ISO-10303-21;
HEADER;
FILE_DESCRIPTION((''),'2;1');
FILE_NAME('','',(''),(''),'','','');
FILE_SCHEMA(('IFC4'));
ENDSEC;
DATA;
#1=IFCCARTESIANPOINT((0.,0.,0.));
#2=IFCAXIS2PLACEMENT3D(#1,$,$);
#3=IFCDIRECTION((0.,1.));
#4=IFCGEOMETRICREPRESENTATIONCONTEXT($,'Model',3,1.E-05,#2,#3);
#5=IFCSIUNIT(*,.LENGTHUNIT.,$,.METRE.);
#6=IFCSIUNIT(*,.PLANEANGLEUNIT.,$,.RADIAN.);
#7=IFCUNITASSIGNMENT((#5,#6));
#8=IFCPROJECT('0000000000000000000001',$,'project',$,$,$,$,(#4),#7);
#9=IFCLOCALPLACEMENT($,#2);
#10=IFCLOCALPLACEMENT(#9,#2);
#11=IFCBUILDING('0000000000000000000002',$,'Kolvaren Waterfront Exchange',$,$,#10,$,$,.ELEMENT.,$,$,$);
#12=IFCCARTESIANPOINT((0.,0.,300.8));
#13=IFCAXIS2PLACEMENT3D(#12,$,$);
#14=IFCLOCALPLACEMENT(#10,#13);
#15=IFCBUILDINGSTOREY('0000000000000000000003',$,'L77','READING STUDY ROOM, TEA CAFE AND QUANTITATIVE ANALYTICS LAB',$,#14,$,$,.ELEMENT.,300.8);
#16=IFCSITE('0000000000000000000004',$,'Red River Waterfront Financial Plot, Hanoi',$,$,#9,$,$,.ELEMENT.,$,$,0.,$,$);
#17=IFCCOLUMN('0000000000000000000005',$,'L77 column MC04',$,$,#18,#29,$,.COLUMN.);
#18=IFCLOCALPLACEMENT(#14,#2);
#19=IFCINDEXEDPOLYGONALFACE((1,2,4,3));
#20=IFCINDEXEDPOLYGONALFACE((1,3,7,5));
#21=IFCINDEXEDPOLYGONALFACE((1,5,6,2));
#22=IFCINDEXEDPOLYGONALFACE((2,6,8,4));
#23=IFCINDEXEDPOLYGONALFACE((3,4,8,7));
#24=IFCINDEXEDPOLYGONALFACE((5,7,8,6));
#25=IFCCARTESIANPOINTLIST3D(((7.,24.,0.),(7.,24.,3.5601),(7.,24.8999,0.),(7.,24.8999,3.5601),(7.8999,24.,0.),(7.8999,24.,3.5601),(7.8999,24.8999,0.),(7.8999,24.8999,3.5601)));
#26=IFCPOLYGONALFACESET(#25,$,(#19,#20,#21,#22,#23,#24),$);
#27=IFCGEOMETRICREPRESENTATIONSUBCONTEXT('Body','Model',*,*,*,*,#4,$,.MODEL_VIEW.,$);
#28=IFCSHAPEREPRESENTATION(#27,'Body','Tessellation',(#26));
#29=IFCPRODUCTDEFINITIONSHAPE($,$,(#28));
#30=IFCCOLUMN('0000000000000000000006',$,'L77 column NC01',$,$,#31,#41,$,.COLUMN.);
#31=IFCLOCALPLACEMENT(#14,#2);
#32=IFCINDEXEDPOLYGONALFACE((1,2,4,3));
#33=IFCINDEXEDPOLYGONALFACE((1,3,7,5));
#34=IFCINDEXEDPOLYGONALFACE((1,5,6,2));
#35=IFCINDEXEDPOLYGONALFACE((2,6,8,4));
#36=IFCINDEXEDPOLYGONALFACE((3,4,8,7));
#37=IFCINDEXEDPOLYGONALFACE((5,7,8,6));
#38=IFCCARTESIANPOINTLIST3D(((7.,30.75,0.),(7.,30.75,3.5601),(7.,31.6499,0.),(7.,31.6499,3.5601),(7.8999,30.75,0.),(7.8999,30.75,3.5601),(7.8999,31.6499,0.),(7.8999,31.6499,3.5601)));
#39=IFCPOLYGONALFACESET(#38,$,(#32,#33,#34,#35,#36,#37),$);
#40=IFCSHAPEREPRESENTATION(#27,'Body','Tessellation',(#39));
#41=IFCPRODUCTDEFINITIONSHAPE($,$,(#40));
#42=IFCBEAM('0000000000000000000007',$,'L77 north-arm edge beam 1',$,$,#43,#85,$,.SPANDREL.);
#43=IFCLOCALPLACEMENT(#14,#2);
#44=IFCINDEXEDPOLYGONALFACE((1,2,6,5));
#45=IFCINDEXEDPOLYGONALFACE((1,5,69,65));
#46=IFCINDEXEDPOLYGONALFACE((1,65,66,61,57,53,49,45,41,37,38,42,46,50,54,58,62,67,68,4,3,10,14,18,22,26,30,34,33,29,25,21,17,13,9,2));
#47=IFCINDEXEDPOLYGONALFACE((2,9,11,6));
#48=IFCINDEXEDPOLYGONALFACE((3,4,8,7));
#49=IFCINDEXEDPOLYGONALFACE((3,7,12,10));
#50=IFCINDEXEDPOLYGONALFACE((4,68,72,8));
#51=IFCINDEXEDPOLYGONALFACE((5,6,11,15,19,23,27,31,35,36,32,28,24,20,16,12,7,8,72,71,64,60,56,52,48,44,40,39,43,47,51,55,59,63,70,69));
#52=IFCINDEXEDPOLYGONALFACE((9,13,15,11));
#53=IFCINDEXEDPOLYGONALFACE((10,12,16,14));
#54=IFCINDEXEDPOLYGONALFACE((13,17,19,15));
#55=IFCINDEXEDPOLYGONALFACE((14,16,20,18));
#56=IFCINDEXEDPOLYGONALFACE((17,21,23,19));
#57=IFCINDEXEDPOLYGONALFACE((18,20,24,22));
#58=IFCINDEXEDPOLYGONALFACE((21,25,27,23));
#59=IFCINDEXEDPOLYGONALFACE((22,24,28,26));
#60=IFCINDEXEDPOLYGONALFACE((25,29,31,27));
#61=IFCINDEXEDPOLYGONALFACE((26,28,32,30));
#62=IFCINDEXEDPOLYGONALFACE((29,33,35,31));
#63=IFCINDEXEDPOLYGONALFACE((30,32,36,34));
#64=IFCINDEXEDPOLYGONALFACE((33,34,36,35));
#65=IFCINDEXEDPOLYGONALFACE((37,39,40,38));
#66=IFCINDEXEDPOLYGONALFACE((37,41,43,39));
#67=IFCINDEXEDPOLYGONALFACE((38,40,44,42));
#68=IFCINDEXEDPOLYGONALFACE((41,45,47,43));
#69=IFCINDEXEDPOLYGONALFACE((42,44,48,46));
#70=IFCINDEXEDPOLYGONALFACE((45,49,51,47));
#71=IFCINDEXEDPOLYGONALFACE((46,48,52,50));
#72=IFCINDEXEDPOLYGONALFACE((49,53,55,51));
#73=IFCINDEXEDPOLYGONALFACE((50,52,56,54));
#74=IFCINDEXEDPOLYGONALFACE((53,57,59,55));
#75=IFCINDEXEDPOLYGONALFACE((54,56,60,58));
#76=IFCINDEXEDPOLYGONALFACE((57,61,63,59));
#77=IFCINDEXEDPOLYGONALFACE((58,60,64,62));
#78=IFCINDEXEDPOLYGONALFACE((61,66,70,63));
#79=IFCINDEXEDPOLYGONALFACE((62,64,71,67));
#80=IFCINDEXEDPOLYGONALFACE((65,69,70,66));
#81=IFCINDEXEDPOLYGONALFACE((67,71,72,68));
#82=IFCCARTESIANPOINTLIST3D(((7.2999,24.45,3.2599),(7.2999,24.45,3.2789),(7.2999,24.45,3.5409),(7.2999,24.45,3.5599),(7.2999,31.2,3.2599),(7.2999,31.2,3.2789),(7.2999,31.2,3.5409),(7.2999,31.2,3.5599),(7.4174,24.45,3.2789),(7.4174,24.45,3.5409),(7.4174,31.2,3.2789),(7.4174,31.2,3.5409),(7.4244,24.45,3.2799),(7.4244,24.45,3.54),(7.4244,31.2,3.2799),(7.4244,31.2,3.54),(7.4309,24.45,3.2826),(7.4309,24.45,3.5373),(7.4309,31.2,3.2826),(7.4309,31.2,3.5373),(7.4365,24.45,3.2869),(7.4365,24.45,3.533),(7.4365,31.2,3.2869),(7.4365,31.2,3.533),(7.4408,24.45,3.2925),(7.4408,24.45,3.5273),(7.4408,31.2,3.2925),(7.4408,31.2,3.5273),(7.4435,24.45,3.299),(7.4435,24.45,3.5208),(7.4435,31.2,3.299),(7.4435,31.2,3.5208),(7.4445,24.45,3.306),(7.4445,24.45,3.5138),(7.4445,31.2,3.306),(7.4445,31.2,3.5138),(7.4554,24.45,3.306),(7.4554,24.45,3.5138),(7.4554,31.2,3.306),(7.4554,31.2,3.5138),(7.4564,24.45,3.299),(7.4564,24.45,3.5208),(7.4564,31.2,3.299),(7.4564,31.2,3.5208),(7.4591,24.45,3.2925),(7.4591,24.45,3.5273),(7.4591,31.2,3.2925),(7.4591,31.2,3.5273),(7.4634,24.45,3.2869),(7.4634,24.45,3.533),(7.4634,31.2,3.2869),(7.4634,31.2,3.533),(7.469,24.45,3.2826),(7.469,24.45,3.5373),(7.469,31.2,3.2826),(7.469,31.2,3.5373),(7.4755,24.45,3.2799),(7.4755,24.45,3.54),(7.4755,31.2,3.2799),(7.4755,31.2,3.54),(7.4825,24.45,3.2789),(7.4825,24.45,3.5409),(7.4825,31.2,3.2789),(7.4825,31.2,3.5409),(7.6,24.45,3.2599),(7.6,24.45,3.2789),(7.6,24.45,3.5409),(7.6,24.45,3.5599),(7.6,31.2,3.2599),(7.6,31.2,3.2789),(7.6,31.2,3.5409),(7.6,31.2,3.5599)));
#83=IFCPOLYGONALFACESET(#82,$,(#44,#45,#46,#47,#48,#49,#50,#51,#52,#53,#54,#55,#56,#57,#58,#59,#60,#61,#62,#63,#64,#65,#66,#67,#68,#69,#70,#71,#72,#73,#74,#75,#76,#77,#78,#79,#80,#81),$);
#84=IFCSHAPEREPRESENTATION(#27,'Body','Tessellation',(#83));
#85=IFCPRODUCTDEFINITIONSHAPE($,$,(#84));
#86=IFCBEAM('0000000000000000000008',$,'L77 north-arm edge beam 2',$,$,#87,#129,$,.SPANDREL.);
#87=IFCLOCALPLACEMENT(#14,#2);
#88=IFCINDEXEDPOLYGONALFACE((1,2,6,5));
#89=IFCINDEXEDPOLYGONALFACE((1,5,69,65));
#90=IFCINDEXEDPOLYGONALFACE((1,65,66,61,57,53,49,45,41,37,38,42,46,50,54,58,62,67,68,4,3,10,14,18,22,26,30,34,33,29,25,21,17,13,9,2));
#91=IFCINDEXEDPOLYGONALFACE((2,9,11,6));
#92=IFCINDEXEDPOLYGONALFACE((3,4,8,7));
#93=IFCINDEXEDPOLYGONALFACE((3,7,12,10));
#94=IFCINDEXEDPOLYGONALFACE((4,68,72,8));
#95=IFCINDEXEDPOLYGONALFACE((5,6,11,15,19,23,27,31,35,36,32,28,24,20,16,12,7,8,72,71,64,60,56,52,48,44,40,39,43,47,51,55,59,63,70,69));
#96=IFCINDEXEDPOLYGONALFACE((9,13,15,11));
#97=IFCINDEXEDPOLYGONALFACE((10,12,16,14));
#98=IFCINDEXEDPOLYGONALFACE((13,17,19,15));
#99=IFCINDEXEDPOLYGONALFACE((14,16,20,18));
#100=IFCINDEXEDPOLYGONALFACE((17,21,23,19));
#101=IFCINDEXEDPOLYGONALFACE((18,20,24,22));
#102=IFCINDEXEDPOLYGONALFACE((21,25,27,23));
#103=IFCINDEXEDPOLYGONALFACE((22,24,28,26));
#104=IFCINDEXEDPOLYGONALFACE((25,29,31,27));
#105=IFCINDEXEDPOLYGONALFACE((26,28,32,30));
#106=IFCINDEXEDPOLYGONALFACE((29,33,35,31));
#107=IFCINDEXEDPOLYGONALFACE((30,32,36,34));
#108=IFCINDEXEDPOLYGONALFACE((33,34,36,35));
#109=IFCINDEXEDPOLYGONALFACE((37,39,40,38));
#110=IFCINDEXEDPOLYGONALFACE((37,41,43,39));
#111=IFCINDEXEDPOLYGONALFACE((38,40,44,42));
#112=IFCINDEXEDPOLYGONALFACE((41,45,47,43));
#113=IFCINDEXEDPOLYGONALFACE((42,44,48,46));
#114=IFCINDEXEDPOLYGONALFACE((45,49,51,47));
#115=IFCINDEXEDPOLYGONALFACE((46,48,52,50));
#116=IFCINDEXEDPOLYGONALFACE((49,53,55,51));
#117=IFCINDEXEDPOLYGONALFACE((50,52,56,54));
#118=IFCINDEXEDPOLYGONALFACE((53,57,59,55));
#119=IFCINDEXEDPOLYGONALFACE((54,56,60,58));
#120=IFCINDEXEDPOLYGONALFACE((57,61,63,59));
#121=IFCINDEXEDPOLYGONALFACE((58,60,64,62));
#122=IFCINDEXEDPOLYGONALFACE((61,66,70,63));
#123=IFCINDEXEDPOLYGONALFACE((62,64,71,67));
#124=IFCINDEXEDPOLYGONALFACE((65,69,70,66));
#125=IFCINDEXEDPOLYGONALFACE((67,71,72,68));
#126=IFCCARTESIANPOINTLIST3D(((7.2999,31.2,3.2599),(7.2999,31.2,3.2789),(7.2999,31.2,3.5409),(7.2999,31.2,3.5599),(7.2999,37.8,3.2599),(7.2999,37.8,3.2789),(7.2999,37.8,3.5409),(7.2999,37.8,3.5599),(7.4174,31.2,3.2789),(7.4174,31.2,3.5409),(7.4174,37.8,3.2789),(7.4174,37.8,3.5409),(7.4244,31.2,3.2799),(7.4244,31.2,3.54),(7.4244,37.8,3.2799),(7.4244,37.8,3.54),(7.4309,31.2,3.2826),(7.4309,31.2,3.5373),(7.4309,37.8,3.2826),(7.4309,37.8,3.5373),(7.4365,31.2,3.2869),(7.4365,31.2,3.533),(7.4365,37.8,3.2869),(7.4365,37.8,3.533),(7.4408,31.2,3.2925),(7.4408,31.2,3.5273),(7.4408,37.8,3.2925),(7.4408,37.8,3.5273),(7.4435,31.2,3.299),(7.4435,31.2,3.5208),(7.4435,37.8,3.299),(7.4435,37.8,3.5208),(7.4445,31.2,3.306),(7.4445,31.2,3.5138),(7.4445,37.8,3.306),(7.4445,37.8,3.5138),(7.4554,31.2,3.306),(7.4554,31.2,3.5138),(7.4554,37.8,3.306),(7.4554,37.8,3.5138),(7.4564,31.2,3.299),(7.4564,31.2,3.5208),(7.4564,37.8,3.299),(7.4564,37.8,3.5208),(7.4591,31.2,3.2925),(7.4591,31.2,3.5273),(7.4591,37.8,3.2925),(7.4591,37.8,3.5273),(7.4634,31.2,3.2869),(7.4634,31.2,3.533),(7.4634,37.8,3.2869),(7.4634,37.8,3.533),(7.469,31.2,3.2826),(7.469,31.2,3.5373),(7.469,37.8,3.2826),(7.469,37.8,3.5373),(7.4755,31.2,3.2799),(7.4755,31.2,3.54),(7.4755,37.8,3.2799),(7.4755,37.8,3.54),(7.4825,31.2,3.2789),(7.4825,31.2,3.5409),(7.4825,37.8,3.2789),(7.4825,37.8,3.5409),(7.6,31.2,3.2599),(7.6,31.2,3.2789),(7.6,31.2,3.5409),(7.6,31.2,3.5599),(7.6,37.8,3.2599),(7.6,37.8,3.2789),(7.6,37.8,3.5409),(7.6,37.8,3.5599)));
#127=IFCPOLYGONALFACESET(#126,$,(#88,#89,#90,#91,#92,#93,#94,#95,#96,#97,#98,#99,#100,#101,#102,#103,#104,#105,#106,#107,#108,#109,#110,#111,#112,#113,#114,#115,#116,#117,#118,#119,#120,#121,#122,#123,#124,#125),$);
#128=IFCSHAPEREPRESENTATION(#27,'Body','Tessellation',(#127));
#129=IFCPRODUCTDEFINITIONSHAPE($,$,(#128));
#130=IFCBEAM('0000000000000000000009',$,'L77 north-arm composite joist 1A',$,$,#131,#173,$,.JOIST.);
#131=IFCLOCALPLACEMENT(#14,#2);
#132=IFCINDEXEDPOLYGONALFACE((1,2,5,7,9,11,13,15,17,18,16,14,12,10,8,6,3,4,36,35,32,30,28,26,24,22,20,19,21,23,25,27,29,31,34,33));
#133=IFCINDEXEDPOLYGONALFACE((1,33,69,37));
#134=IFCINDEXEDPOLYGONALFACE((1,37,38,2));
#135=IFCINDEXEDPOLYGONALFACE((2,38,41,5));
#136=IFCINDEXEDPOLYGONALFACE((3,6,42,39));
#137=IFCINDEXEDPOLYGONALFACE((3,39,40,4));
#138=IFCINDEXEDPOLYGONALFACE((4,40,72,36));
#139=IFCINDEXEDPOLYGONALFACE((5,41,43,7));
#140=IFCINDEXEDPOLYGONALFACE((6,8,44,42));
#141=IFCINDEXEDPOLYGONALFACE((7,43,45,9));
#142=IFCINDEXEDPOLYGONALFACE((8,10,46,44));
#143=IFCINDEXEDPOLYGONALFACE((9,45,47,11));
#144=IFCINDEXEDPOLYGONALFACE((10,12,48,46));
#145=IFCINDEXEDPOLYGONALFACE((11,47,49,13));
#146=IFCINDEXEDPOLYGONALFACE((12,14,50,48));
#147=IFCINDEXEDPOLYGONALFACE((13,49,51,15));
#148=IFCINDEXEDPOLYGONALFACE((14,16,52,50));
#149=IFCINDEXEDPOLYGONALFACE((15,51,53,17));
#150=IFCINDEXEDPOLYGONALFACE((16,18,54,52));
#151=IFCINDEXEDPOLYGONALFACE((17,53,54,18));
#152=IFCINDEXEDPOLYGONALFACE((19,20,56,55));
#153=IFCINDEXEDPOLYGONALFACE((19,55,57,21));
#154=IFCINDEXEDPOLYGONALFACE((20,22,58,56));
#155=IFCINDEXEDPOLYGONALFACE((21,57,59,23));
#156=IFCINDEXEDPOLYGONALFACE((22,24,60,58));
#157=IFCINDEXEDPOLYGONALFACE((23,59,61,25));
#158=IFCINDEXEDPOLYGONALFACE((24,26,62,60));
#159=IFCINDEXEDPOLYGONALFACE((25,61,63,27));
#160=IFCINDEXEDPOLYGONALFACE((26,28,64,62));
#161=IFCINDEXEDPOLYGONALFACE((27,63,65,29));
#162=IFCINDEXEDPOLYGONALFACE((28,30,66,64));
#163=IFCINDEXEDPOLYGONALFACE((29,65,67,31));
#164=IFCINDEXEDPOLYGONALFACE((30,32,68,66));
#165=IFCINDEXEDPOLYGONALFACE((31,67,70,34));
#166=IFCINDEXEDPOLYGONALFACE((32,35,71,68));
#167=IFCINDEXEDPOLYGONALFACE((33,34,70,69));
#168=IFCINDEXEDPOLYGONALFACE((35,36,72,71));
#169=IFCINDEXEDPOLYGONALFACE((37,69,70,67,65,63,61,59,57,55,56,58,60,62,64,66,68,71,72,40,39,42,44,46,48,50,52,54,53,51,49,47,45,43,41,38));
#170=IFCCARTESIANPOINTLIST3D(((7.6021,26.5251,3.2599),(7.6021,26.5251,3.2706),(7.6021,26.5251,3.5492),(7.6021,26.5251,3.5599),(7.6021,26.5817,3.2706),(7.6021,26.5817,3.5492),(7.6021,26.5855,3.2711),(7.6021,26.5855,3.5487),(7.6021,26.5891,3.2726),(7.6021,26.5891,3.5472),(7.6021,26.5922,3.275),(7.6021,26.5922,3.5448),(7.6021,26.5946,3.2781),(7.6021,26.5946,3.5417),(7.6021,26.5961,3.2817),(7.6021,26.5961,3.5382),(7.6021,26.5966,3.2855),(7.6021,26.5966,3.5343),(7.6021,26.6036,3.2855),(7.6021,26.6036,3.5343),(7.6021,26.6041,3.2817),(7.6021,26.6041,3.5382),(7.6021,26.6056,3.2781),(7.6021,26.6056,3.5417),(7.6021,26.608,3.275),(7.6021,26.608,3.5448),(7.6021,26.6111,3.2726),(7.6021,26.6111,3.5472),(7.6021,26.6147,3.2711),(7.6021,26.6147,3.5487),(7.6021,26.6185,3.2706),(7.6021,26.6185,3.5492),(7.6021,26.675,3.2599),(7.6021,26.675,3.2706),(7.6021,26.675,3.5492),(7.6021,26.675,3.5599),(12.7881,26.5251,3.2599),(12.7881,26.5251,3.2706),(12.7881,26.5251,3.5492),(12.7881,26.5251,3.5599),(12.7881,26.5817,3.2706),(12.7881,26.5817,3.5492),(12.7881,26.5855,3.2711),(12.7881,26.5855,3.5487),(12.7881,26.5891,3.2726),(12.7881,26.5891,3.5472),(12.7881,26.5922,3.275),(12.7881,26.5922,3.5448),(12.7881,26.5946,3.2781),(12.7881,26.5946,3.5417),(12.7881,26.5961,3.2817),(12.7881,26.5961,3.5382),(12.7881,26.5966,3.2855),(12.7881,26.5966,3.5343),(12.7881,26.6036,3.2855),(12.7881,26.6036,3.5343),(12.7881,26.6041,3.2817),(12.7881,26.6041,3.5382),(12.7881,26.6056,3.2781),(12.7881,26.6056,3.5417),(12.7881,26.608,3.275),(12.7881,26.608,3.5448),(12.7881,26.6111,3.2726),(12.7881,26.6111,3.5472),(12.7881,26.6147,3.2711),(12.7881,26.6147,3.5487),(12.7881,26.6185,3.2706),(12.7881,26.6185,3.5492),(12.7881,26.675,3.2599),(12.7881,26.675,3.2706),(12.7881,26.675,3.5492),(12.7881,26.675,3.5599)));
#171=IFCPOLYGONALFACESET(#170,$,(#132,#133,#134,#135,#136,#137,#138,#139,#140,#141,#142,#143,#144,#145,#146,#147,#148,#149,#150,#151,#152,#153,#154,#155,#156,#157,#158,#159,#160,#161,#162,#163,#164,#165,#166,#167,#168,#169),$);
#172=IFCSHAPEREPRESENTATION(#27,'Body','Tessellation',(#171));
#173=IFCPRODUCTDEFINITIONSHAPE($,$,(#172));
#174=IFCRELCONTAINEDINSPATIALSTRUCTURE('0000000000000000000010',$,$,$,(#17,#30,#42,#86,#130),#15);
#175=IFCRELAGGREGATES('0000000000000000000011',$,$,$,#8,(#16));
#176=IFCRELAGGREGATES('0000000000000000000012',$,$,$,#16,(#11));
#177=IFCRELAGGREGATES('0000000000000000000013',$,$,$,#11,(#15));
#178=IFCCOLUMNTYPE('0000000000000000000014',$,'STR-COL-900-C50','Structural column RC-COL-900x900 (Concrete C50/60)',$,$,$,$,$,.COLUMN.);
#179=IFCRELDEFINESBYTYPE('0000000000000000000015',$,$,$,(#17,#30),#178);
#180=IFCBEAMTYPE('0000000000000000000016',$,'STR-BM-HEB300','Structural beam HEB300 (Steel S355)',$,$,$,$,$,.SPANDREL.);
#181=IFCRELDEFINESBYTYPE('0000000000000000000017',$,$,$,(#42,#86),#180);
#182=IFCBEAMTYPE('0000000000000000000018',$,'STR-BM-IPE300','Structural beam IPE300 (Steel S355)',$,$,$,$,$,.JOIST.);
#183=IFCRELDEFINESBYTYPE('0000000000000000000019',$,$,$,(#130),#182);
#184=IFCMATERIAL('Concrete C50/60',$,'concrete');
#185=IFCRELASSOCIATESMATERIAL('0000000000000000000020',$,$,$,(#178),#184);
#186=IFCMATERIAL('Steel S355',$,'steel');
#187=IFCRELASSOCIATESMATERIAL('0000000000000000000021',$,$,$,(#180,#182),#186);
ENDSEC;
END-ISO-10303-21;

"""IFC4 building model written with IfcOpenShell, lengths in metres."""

from ifc_helpers import new_model, si_unit, direction, frame, origin, origin_2d, place, context, subcontext, project, spatial, rectangle, i_section, extrude, material, material_profile, profile_set, type_object, element, save


model = new_model("IFC4")

# Units and contexts
model_context = context("Model", 3, precision=1e-05, world=origin(), true_north=direction((0.0, 1.0)))
body_context = subcontext(model_context, "Body", "Model", "MODEL_VIEW")
ifc_project = project(units=[si_unit("LENGTHUNIT", "METRE"), si_unit("PLANEANGLEUNIT", "RADIAN")], contexts=[model_context])

# Site, building, storey
site_placement = place(None, origin())
site = spatial("IfcSite", under=ifc_project, at=site_placement, Name="Red River Waterfront Financial Plot, Hanoi", CompositionType="ELEMENT", RefElevation=0.0)
building_placement = place(site_placement, origin())
building = spatial("IfcBuilding", under=site, at=building_placement, Name="Kolvaren Waterfront Exchange", CompositionType="ELEMENT")
storey_placement = place(building_placement, frame((0.0, 0.0, 300.8)))
storey = spatial("IfcBuildingStorey", under=building, at=storey_placement, Name="L77", Description="READING STUDY ROOM, TEA CAFE AND QUANTITATIVE ANALYTICS LAB", CompositionType="ELEMENT", Elevation=300.8)

# Columns
ifc_material_1 = material(Name="Concrete C50/60", Category="concrete")
ifc_material_profile_1 = material_profile(ifc_material_1, rectangle(XDim=0.8999, YDim=0.8999, at=origin_2d()), Name="RC-COL-900x900")
ifc_profile_set_1 = profile_set([ifc_material_profile_1], Name="Concrete C50/60")
column_type = type_object("IfcColumnType", Name="STR-COL-900-C50", Description="Structural column RC-COL-900x900 (Concrete C50/60)", PredefinedType="COLUMN", material=ifc_profile_set_1)
for number, where, z_axis, x_axis, name in (
    (1, (7.45, 24.45, 0.0), (0.0, 0.0, 1.0), (1.0, 0.0, 0.0), "L77 column MC04"),
    (2, (7.45, 31.2, 0.0), (0.0, 0.0, 1.0), (1.0, 0.0, 0.0), "L77 column NC01"),
):
    element("IfcColumn", number, at=place(storey_placement, frame(where, z_axis=z_axis, x_axis=x_axis)), inside=storey, type_object=column_type, Name=name, PredefinedType="COLUMN", context=body_context, shape_type="SweptSolid", body=[
        extrude(rectangle(XDim=0.8999, YDim=0.8999, at=origin_2d()), origin(), (0.0, 0.0, 1.0), 3.5601),
    ])

# Beams
ifc_material_2 = material(Name="Steel S355", Category="steel")
ifc_material_profile_2 = material_profile(ifc_material_2, i_section(OverallWidth=0.3, OverallDepth=0.3, WebThickness=0.011, FlangeThickness=0.019, FilletRadius=0.0271, at=origin_2d()), Name="HEB300")
ifc_profile_set_2 = profile_set([ifc_material_profile_2], Name="Steel S355")
beam_type_1 = type_object("IfcBeamType", Name="STR-BM-HEB300", Description="Structural beam HEB300 (Steel S355)", PredefinedType="SPANDREL", material=ifc_profile_set_2)
beam_1_placement = place(storey_placement, frame((7.45, 24.45, 3.4099), z_axis=(0.0, 1.0, 0.0), x_axis=(-1.0, 0.0, 0.0)))
element("IfcBeam", 3, at=beam_1_placement, inside=storey, type_object=beam_type_1, Name="L77 north-arm edge beam 1", PredefinedType="SPANDREL", context=body_context, shape_type="SweptSolid", body=[
    extrude(i_section(OverallWidth=0.3, OverallDepth=0.3, WebThickness=0.011, FlangeThickness=0.019, FilletRadius=0.0271, at=origin_2d()), origin(), (0.0, 0.0, 1.0), 6.75),
])
beam_2_placement = place(storey_placement, frame((7.45, 31.2, 3.4099), z_axis=(0.0, 1.0, 0.0), x_axis=(-1.0, 0.0, 0.0)))
element("IfcBeam", 4, at=beam_2_placement, inside=storey, type_object=beam_type_1, Name="L77 north-arm edge beam 2", PredefinedType="SPANDREL", context=body_context, shape_type="SweptSolid", body=[
    extrude(i_section(OverallWidth=0.3, OverallDepth=0.3, WebThickness=0.011, FlangeThickness=0.019, FilletRadius=0.0271, at=origin_2d()), origin(), (0.0, 0.0, 1.0), 6.6001),
])
ifc_material_profile_3 = material_profile(ifc_material_2, i_section(OverallWidth=0.1499, OverallDepth=0.3, WebThickness=0.0071, FlangeThickness=0.0107, FilletRadius=0.0149, at=origin_2d()), Name="IPE300")
ifc_profile_set_3 = profile_set([ifc_material_profile_3], Name="Steel S355")
beam_type_2 = type_object("IfcBeamType", Name="STR-BM-IPE300", Description="Structural beam IPE300 (Steel S355)", PredefinedType="JOIST", material=ifc_profile_set_3)
for number, where, z_axis, x_axis, name in (
    (5, (7.6021, 26.6001, 3.4099), (1.0, 0.0, 0.0), (0.0, 1.0, 0.0), "L77 north-arm composite joist 1A"),
):
    element("IfcBeam", number, at=place(storey_placement, frame(where, z_axis=z_axis, x_axis=x_axis)), inside=storey, type_object=beam_type_2, Name=name, PredefinedType="JOIST", context=body_context, shape_type="SweptSolid", body=[
        extrude(i_section(OverallWidth=0.1499, OverallDepth=0.3, WebThickness=0.0071, FlangeThickness=0.0107, FilletRadius=0.0149, at=origin_2d()), origin(), (0.0, 0.0, 1.0), 5.186),
    ])

save(model, "model.ifc")
